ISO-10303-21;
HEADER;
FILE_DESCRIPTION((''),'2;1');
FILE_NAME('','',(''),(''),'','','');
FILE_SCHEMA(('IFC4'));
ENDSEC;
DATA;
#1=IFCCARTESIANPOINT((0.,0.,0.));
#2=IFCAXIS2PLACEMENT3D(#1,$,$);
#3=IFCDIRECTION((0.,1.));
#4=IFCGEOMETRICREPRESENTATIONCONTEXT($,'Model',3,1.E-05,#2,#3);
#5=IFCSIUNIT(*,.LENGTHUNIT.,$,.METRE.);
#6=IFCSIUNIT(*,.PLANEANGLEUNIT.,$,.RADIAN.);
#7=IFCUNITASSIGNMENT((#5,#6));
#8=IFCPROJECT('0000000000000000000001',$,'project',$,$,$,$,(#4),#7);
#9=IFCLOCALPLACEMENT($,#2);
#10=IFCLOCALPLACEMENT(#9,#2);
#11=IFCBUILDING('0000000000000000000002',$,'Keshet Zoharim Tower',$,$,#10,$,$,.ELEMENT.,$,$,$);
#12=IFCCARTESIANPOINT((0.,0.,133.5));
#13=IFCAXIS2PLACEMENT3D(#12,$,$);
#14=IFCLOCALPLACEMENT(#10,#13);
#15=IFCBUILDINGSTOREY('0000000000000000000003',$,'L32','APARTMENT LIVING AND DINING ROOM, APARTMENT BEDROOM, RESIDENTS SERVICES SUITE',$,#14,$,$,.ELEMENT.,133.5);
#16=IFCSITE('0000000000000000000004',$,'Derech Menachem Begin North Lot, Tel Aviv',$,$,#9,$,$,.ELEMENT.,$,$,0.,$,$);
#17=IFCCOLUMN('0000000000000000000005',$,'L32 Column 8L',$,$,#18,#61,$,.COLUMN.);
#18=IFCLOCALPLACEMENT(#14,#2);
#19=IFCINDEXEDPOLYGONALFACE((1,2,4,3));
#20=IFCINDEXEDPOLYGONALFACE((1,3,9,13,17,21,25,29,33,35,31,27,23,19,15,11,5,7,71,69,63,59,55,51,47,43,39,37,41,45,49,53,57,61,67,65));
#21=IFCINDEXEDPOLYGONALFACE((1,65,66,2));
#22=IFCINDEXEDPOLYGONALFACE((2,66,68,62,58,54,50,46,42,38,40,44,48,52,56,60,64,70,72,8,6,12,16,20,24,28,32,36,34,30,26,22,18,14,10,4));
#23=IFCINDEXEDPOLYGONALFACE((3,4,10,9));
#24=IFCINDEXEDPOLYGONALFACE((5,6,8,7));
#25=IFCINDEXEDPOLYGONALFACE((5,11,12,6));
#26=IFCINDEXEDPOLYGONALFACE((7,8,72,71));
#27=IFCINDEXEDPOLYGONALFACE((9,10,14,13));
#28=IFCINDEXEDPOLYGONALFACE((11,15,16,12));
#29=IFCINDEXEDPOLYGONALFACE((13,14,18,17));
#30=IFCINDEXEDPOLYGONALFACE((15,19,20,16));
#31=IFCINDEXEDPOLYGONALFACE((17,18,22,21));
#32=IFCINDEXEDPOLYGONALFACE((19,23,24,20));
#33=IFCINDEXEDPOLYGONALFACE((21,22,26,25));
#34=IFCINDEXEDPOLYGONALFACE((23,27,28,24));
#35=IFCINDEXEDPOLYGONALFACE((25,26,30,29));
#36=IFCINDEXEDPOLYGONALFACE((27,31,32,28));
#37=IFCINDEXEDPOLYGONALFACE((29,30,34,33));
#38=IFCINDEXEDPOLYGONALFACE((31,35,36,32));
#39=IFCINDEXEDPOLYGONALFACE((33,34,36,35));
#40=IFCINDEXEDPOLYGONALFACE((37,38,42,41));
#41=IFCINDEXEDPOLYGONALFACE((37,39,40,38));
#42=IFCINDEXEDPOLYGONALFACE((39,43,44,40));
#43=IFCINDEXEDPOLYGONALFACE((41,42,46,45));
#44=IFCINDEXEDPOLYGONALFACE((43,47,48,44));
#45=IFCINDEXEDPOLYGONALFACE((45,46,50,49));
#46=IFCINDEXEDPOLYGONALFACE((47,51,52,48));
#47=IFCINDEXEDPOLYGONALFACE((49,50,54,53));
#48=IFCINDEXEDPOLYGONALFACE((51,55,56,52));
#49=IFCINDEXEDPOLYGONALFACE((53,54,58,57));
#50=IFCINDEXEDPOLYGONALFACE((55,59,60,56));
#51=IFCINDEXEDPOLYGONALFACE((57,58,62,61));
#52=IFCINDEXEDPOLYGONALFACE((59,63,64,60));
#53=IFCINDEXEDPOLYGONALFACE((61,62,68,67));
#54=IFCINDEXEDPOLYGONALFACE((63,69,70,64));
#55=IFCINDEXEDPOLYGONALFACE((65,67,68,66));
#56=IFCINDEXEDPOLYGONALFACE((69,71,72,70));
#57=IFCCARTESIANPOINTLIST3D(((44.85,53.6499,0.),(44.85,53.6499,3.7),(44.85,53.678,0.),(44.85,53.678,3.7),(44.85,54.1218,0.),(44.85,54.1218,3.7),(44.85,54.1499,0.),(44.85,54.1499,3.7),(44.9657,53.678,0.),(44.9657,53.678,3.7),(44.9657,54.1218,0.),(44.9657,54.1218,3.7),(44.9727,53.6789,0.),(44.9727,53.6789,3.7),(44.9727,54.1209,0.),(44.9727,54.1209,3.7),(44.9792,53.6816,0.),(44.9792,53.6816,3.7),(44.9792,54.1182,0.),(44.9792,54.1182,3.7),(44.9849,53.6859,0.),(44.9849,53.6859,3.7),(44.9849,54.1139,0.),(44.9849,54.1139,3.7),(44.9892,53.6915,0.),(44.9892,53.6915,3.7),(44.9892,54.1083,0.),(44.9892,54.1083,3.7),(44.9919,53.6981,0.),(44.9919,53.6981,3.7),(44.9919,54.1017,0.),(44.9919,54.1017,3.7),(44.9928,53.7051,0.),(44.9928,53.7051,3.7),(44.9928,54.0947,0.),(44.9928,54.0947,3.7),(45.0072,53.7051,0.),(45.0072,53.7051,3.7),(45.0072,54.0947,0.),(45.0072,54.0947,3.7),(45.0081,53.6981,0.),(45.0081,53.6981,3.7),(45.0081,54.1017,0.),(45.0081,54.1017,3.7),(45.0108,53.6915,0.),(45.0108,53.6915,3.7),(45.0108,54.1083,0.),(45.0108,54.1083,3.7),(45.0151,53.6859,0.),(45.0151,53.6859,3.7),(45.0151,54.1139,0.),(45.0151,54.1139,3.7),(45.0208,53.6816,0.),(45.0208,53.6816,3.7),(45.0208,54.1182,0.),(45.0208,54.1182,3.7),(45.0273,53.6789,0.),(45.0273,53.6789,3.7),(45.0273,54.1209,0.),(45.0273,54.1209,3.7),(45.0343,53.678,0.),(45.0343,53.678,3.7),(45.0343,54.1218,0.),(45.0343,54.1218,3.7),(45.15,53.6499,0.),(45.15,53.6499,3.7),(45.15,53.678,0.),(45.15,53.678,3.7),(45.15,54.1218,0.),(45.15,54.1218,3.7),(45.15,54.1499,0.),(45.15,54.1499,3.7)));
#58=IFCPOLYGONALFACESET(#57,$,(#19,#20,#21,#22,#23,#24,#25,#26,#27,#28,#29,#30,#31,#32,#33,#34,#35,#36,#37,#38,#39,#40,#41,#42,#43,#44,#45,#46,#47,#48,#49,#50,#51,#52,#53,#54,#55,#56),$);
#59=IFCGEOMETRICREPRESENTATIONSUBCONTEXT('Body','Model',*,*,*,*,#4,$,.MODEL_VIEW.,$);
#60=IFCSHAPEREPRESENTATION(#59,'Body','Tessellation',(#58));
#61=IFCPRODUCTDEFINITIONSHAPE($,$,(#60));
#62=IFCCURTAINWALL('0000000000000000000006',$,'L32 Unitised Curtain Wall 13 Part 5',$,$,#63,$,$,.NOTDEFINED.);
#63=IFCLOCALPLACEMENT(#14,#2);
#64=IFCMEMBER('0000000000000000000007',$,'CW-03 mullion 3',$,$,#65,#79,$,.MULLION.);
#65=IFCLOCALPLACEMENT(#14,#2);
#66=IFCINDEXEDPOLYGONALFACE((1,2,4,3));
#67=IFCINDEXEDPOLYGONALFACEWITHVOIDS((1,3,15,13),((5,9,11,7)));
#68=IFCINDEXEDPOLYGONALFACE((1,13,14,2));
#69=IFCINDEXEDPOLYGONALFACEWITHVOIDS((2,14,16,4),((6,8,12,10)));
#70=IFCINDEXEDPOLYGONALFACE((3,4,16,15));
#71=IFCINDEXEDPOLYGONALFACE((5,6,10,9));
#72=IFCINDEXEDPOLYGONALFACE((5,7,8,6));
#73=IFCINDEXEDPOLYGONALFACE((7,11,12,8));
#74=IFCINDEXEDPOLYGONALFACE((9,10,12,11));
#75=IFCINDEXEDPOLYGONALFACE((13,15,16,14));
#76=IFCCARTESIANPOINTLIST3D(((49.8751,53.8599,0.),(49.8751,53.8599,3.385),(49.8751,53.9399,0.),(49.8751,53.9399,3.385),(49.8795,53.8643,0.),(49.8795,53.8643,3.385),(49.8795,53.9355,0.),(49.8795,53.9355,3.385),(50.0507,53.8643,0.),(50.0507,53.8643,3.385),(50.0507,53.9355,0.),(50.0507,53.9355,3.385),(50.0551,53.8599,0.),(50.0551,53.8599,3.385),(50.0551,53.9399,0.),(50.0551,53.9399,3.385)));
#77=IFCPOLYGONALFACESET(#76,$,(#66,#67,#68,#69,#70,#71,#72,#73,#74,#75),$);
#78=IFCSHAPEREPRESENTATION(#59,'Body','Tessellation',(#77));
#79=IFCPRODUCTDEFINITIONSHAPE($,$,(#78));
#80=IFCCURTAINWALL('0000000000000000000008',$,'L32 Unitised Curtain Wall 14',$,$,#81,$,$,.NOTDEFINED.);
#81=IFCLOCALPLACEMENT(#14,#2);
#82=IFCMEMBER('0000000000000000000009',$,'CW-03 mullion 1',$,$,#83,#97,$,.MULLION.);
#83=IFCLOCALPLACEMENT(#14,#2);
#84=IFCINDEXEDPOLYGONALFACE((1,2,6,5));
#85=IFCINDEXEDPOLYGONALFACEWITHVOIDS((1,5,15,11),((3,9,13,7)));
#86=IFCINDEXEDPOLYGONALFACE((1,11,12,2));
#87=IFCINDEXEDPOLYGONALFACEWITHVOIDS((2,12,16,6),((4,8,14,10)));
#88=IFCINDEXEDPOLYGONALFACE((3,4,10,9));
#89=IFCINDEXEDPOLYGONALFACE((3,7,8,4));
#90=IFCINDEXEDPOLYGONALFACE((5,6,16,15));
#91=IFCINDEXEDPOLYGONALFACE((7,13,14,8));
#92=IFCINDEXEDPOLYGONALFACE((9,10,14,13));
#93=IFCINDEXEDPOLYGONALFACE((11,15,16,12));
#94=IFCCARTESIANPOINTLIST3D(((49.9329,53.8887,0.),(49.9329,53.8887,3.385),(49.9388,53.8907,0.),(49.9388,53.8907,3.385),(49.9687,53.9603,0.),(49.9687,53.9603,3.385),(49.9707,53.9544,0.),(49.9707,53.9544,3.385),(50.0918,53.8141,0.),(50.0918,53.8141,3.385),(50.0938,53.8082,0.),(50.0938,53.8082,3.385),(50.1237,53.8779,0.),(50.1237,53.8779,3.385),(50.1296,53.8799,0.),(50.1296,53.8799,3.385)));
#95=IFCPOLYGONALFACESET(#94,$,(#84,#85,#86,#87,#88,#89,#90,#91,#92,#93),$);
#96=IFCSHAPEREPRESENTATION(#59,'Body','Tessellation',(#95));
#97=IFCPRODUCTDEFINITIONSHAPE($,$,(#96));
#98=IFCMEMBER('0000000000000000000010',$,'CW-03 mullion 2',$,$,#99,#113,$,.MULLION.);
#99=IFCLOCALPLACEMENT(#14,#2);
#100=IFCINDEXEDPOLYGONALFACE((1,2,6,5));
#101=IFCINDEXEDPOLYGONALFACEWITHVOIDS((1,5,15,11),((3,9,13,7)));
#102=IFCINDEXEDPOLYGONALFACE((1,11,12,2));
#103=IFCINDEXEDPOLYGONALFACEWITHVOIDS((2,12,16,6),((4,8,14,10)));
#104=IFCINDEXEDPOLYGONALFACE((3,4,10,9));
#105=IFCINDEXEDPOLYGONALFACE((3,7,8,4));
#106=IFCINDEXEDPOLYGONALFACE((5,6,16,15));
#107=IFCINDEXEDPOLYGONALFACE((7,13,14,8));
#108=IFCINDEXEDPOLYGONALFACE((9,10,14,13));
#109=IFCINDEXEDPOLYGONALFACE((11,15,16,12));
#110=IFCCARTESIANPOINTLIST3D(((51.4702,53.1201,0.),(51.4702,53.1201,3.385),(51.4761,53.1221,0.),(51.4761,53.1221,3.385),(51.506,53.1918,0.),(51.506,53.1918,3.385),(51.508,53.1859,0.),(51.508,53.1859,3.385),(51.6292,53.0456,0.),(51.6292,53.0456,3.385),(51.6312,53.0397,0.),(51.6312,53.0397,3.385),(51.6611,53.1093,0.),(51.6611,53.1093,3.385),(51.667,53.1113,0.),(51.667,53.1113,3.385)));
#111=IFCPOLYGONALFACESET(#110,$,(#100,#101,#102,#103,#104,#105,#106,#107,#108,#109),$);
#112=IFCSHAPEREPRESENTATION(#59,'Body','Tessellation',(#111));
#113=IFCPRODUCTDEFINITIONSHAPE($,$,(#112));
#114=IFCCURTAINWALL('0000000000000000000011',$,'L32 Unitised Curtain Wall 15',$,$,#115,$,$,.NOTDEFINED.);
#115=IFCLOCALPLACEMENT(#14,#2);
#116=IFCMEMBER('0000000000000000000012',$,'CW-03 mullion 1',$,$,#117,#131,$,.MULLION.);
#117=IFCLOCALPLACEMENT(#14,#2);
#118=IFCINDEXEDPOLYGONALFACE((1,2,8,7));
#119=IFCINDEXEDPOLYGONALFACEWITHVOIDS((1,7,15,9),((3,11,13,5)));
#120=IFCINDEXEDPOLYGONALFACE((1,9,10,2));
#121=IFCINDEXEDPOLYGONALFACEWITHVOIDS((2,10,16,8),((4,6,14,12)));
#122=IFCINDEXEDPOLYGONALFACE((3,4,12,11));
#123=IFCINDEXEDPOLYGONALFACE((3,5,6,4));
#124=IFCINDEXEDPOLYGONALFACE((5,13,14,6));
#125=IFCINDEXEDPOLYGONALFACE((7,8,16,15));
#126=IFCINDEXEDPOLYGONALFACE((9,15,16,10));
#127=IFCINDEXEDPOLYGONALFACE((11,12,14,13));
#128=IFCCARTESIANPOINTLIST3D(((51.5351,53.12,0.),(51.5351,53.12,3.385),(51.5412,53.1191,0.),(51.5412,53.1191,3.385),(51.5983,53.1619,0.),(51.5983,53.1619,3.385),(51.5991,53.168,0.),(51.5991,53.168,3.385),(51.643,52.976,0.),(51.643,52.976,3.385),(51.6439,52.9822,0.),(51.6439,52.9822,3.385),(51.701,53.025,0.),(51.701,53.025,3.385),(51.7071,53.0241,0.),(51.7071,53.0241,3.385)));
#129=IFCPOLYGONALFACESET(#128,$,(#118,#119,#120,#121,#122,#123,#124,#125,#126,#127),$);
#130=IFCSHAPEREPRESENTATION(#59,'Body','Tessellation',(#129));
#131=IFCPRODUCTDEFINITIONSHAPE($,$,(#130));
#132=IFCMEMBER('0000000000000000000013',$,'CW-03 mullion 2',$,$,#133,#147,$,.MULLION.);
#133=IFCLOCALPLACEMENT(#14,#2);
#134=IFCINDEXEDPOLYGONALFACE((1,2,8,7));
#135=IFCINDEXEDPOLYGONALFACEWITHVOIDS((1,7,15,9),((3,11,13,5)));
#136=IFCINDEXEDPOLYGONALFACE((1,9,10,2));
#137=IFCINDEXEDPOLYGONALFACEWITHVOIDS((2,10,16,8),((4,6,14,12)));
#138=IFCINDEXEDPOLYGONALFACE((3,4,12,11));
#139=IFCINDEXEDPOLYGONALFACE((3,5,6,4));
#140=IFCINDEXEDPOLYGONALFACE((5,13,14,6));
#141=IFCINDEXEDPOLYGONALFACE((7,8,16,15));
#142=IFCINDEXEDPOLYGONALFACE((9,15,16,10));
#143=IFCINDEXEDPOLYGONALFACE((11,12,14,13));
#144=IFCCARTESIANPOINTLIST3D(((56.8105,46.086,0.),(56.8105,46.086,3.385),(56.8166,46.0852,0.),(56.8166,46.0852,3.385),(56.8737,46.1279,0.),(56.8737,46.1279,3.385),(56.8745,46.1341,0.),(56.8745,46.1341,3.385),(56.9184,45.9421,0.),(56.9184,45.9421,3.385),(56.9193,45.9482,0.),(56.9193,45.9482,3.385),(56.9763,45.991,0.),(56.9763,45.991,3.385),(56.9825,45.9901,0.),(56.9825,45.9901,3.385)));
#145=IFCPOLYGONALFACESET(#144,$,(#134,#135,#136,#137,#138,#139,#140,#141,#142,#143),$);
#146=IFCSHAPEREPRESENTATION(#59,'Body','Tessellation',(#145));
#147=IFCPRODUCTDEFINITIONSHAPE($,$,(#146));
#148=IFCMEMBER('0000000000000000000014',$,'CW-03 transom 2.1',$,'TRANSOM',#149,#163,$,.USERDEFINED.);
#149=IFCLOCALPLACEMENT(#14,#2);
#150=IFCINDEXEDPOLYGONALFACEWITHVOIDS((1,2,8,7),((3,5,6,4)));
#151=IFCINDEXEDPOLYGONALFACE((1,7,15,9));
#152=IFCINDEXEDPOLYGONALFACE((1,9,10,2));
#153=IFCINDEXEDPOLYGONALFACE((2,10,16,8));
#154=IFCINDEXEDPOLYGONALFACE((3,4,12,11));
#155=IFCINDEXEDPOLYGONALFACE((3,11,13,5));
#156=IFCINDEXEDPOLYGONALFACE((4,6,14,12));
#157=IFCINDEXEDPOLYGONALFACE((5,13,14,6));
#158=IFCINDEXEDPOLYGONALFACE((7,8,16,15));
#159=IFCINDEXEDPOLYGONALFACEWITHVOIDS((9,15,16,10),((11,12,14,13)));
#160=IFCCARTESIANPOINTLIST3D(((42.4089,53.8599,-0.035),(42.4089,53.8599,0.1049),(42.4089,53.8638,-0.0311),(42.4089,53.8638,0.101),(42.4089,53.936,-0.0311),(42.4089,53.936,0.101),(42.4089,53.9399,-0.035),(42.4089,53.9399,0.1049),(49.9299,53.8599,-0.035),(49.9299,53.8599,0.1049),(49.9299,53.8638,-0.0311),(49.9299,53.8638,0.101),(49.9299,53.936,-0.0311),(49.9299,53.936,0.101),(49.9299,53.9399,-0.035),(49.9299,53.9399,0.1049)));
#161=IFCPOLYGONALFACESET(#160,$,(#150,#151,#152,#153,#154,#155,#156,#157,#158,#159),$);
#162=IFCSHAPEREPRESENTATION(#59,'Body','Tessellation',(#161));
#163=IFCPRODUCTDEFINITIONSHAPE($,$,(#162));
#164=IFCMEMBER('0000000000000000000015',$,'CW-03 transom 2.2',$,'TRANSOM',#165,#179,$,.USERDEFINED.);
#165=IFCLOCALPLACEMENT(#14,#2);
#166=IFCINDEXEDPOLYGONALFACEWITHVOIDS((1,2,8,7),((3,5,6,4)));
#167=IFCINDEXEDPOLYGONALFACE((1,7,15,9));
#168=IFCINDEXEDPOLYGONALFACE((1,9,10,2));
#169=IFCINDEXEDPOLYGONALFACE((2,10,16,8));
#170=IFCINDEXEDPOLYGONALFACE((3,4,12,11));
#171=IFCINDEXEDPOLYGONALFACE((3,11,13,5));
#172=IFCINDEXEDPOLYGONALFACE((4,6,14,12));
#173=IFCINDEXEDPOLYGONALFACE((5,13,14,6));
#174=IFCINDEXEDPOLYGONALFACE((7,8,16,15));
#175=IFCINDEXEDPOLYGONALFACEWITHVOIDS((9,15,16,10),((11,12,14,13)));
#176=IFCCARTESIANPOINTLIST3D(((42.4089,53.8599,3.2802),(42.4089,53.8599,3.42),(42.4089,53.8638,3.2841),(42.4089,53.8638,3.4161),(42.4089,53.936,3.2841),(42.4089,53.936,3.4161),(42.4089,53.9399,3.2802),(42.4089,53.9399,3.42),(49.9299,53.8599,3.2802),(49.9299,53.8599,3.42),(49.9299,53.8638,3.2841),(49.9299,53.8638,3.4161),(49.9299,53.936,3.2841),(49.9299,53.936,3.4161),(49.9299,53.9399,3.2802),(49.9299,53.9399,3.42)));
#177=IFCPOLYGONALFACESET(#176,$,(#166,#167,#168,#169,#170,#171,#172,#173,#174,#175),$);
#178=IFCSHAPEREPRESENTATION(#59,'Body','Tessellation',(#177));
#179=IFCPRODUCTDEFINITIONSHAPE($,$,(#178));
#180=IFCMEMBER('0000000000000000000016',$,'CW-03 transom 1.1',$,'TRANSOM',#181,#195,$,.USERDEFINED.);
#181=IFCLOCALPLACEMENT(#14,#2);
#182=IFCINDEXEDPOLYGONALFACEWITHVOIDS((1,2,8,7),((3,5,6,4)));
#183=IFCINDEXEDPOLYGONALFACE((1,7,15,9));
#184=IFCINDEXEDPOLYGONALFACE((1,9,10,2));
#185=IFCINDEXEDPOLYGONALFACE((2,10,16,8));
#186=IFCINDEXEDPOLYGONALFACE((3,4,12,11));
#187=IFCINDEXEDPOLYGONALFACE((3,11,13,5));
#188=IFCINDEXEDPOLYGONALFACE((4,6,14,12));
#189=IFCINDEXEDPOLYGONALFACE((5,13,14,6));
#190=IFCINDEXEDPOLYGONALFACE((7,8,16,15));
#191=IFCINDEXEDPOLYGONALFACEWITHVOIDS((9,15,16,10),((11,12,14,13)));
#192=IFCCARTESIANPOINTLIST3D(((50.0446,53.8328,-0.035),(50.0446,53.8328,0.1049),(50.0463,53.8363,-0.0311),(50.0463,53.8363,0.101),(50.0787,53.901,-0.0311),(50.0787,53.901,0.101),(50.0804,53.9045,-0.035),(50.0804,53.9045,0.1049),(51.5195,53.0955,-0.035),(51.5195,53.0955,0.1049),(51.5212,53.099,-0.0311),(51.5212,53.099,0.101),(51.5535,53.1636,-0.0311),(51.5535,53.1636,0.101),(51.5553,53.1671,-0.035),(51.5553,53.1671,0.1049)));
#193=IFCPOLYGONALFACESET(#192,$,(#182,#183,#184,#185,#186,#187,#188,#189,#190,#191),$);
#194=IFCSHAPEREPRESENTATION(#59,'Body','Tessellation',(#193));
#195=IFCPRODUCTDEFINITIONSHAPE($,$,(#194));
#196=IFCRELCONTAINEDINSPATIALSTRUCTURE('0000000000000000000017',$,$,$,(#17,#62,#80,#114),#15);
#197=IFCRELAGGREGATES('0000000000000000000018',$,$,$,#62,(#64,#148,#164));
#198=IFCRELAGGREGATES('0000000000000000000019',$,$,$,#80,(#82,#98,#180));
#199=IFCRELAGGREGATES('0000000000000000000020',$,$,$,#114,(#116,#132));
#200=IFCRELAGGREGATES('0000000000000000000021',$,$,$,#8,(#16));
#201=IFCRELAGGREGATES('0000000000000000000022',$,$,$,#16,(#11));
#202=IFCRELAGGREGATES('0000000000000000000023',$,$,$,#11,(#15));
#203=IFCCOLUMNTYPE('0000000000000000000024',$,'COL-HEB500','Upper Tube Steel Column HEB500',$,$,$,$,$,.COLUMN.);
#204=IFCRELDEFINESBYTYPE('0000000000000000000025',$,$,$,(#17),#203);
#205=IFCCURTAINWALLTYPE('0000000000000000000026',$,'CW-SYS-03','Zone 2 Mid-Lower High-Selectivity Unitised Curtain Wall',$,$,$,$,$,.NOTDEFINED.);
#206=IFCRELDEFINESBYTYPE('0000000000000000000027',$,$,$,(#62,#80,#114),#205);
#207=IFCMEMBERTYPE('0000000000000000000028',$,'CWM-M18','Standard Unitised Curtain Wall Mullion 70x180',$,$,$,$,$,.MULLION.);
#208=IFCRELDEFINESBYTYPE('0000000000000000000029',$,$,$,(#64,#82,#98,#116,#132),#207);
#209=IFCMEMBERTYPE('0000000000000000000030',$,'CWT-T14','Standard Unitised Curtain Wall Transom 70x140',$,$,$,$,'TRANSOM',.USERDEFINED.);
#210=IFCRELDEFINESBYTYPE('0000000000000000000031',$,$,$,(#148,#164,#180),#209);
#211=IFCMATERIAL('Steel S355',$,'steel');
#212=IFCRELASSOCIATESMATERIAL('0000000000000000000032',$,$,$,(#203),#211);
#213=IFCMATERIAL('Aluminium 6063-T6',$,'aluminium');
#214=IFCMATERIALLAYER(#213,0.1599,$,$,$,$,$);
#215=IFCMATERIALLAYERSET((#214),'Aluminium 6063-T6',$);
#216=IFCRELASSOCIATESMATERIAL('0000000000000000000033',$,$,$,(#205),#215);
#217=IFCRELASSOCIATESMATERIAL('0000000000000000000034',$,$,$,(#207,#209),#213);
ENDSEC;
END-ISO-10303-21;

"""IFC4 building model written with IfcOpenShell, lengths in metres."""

from ifc_helpers import new_model, si_unit, direction, frame, origin, origin_2d, place, context, subcontext, project, spatial, hollow_rectangle, i_section, extrude, material, layer, layer_set, material_profile, profile_set, type_object, element, aggregate, save


model = new_model("IFC4")

# Units and contexts
model_context = context("Model", 3, precision=1e-05, world=origin(), true_north=direction((0.0, 1.0)))
body_context = subcontext(model_context, "Body", "Model", "MODEL_VIEW")
ifc_project = project(units=[si_unit("LENGTHUNIT", "METRE"), si_unit("PLANEANGLEUNIT", "RADIAN")], contexts=[model_context])

# Site, building, storey
site_placement = place(None, origin())
site = spatial("IfcSite", under=ifc_project, at=site_placement, Name="Derech Menachem Begin North Lot, Tel Aviv", CompositionType="ELEMENT", RefElevation=0.0)
building_placement = place(site_placement, origin())
building = spatial("IfcBuilding", under=site, at=building_placement, Name="Keshet Zoharim Tower", CompositionType="ELEMENT")
storey_placement = place(building_placement, frame((0.0, 0.0, 133.5)))
storey = spatial("IfcBuildingStorey", under=building, at=storey_placement, Name="L32", Description="APARTMENT LIVING AND DINING ROOM, APARTMENT BEDROOM, RESIDENTS SERVICES SUITE", CompositionType="ELEMENT", Elevation=133.5)

# Column
ifc_material_1 = material(Name="Steel S355", Category="steel")
ifc_material_profile_1 = material_profile(ifc_material_1, i_section(OverallWidth=0.3, OverallDepth=0.5, WebThickness=0.0144, FlangeThickness=0.0281, FilletRadius=0.0271, at=origin_2d()), Name="HEB500")
ifc_profile_set_1 = profile_set([ifc_material_profile_1], Name="Steel S355")
column_type = type_object("IfcColumnType", Name="COL-HEB500", Description="Upper Tube Steel Column HEB500", PredefinedType="COLUMN", material=ifc_profile_set_1)
column_placement = place(storey_placement, frame((45.0, 53.8999, 0.0), z_axis=(0.0, 0.0, 1.0), x_axis=(1.0, 0.0, 0.0)))
element("IfcColumn", 1, at=column_placement, inside=storey, type_object=column_type, Name="L32 Column 8L", PredefinedType="COLUMN", context=body_context, shape_type="SweptSolid", body=[
    extrude(i_section(OverallWidth=0.3, OverallDepth=0.5, WebThickness=0.0144, FlangeThickness=0.0281, FilletRadius=0.0271, at=origin_2d()), origin(), (0.0, 0.0, 1.0), 3.7),
])

# Curtain wall, member
ifc_material_2 = material(Name="Aluminium 6063-T6", Category="aluminium")
ifc_layer_1 = layer(ifc_material_2, 0.1599)
ifc_layer_set_1 = layer_set([ifc_layer_1], Name="Aluminium 6063-T6")
curtain_wall_type = type_object("IfcCurtainWallType", Name="CW-SYS-03", Description="Zone 2 Mid-Lower High-Selectivity Unitised Curtain Wall", PredefinedType="NOTDEFINED", material=ifc_layer_set_1)
curtain_wall_1_placement = place(storey_placement, origin())
curtain_wall_1 = element("IfcCurtainWall", 2, at=curtain_wall_1_placement, inside=storey, type_object=curtain_wall_type, Name="L32 Unitised Curtain Wall 13 Part 5", PredefinedType="NOTDEFINED")
ifc_material_profile_2 = material_profile(ifc_material_2, hollow_rectangle(XDim=0.0801, YDim=0.1799, WallThickness=0.0044, at=origin_2d()), Name="MUL-80x180")
ifc_profile_set_2 = profile_set([ifc_material_profile_2], Name="Aluminium 6063-T6")
member_type_1 = type_object("IfcMemberType", Name="CWM-M18", Description="Standard Unitised Curtain Wall Mullion 70x180", PredefinedType="MULLION", material=ifc_profile_set_2)
member_1_placement = place(storey_placement, frame((49.9651, 53.8999, 0.0), z_axis=(0.0, 0.0, 1.0), x_axis=(0.0, 1.0, 0.0)))
member_1 = element("IfcMember", 3, at=member_1_placement, type_object=member_type_1, Name="CW-03 mullion 3", PredefinedType="MULLION", context=body_context, shape_type="SweptSolid", body=[
    extrude(hollow_rectangle(XDim=0.0801, YDim=0.1799, WallThickness=0.0044, at=origin_2d()), origin(), (0.0, 0.0, 1.0), 3.385),
])

# Curtain walls, members
curtain_wall_2_placement = place(storey_placement, origin())
curtain_wall_2 = element("IfcCurtainWall", 4, at=curtain_wall_2_placement, inside=storey, type_object=curtain_wall_type, Name="L32 Unitised Curtain Wall 14", PredefinedType="NOTDEFINED")
member_2_placement = place(storey_placement, frame((50.0312, 53.8843, 0.0), z_axis=(0.0, 0.0, 1.0), x_axis=(0.447214, 0.894427, 0.0)))
member_2 = element("IfcMember", 5, at=member_2_placement, type_object=member_type_1, Name="CW-03 mullion 1", PredefinedType="MULLION", context=body_context, shape_type="SweptSolid", body=[
    extrude(hollow_rectangle(XDim=0.0801, YDim=0.1799, WallThickness=0.0044, at=origin_2d()), origin(), (0.0, 0.0, 1.0), 3.385),
])
member_3_placement = place(storey_placement, frame((51.5686, 53.1157, 0.0), z_axis=(0.0, 0.0, 1.0), x_axis=(0.447214, 0.894427, 0.0)))
member_3 = element("IfcMember", 6, at=member_3_placement, type_object=member_type_1, Name="CW-03 mullion 2", PredefinedType="MULLION", context=body_context, shape_type="SweptSolid", body=[
    extrude(hollow_rectangle(XDim=0.0801, YDim=0.1799, WallThickness=0.0044, at=origin_2d()), origin(), (0.0, 0.0, 1.0), 3.385),
])
curtain_wall_3_placement = place(storey_placement, origin())
curtain_wall_3 = element("IfcCurtainWall", 7, at=curtain_wall_3_placement, inside=storey, type_object=curtain_wall_type, Name="L32 Unitised Curtain Wall 15", PredefinedType="NOTDEFINED")
member_4_placement = place(storey_placement, frame((51.6211, 53.072, 0.0), z_axis=(0.0, 0.0, 1.0), x_axis=(0.8, 0.6, 0.0)))
member_4 = element("IfcMember", 8, at=member_4_placement, type_object=member_type_1, Name="CW-03 mullion 1", PredefinedType="MULLION", context=body_context, shape_type="SweptSolid", body=[
    extrude(hollow_rectangle(XDim=0.0801, YDim=0.1799, WallThickness=0.0044, at=origin_2d()), origin(), (0.0, 0.0, 1.0), 3.385),
])
member_5_placement = place(storey_placement, frame((56.8965, 46.0381, 0.0), z_axis=(0.0, 0.0, 1.0), x_axis=(0.8, 0.6, 0.0)))
member_5 = element("IfcMember", 9, at=member_5_placement, type_object=member_type_1, Name="CW-03 mullion 2", PredefinedType="MULLION", context=body_context, shape_type="SweptSolid", body=[
    extrude(hollow_rectangle(XDim=0.0801, YDim=0.1799, WallThickness=0.0044, at=origin_2d()), origin(), (0.0, 0.0, 1.0), 3.385),
])

# Members
ifc_material_profile_3 = material_profile(ifc_material_2, hollow_rectangle(XDim=0.0801, YDim=0.1399, WallThickness=0.0039, at=origin_2d()), Name="TRN-80x140")
ifc_profile_set_3 = profile_set([ifc_material_profile_3], Name="Aluminium 6063-T6")
member_type_2 = type_object("IfcMemberType", Name="CWT-T14", Description="Standard Unitised Curtain Wall Transom 70x140", ElementType="TRANSOM", PredefinedType="USERDEFINED", material=ifc_profile_set_3)
member_6_placement = place(storey_placement, frame((42.4089, 53.8999, 0.0349), z_axis=(1.0, 0.0, 0.0), x_axis=(0.0, 1.0, 0.0)))
member_6 = element("IfcMember", 10, at=member_6_placement, type_object=member_type_2, Name="CW-03 transom 2.1", ObjectType="TRANSOM", PredefinedType="USERDEFINED", context=body_context, shape_type="SweptSolid", body=[
    extrude(hollow_rectangle(XDim=0.0801, YDim=0.1399, WallThickness=0.0039, at=origin_2d()), origin(), (0.0, 0.0, 1.0), 7.521),
])
member_7_placement = place(storey_placement, frame((42.4089, 53.8999, 3.3501), z_axis=(1.0, 0.0, 0.0), x_axis=(0.0, 1.0, 0.0)))
member_7 = element("IfcMember", 11, at=member_7_placement, type_object=member_type_2, Name="CW-03 transom 2.2", ObjectType="TRANSOM", PredefinedType="USERDEFINED", context=body_context, shape_type="SweptSolid", body=[
    extrude(hollow_rectangle(XDim=0.0801, YDim=0.1399, WallThickness=0.0039, at=origin_2d()), origin(), (0.0, 0.0, 1.0), 7.521),
])
member_8_placement = place(storey_placement, frame((50.0625, 53.8687, 0.0349), z_axis=(0.894457, -0.447154, 0.0), x_axis=(0.447154, 0.894457, 0.0)))
member_8 = element("IfcMember", 12, at=member_8_placement, type_object=member_type_2, Name="CW-03 transom 1.1", ObjectType="TRANSOM", PredefinedType="USERDEFINED", context=body_context, shape_type="SweptSolid", body=[
    extrude(hollow_rectangle(XDim=0.0801, YDim=0.1399, WallThickness=0.0039, at=origin_2d()), origin(), (0.0, 0.0, 1.0), 1.6489),
])

aggregate(curtain_wall_1, [member_1, member_6, member_7])
aggregate(curtain_wall_2, [member_2, member_3, member_8])
aggregate(curtain_wall_3, [member_4, member_5])

save(model, "model.ifc")
